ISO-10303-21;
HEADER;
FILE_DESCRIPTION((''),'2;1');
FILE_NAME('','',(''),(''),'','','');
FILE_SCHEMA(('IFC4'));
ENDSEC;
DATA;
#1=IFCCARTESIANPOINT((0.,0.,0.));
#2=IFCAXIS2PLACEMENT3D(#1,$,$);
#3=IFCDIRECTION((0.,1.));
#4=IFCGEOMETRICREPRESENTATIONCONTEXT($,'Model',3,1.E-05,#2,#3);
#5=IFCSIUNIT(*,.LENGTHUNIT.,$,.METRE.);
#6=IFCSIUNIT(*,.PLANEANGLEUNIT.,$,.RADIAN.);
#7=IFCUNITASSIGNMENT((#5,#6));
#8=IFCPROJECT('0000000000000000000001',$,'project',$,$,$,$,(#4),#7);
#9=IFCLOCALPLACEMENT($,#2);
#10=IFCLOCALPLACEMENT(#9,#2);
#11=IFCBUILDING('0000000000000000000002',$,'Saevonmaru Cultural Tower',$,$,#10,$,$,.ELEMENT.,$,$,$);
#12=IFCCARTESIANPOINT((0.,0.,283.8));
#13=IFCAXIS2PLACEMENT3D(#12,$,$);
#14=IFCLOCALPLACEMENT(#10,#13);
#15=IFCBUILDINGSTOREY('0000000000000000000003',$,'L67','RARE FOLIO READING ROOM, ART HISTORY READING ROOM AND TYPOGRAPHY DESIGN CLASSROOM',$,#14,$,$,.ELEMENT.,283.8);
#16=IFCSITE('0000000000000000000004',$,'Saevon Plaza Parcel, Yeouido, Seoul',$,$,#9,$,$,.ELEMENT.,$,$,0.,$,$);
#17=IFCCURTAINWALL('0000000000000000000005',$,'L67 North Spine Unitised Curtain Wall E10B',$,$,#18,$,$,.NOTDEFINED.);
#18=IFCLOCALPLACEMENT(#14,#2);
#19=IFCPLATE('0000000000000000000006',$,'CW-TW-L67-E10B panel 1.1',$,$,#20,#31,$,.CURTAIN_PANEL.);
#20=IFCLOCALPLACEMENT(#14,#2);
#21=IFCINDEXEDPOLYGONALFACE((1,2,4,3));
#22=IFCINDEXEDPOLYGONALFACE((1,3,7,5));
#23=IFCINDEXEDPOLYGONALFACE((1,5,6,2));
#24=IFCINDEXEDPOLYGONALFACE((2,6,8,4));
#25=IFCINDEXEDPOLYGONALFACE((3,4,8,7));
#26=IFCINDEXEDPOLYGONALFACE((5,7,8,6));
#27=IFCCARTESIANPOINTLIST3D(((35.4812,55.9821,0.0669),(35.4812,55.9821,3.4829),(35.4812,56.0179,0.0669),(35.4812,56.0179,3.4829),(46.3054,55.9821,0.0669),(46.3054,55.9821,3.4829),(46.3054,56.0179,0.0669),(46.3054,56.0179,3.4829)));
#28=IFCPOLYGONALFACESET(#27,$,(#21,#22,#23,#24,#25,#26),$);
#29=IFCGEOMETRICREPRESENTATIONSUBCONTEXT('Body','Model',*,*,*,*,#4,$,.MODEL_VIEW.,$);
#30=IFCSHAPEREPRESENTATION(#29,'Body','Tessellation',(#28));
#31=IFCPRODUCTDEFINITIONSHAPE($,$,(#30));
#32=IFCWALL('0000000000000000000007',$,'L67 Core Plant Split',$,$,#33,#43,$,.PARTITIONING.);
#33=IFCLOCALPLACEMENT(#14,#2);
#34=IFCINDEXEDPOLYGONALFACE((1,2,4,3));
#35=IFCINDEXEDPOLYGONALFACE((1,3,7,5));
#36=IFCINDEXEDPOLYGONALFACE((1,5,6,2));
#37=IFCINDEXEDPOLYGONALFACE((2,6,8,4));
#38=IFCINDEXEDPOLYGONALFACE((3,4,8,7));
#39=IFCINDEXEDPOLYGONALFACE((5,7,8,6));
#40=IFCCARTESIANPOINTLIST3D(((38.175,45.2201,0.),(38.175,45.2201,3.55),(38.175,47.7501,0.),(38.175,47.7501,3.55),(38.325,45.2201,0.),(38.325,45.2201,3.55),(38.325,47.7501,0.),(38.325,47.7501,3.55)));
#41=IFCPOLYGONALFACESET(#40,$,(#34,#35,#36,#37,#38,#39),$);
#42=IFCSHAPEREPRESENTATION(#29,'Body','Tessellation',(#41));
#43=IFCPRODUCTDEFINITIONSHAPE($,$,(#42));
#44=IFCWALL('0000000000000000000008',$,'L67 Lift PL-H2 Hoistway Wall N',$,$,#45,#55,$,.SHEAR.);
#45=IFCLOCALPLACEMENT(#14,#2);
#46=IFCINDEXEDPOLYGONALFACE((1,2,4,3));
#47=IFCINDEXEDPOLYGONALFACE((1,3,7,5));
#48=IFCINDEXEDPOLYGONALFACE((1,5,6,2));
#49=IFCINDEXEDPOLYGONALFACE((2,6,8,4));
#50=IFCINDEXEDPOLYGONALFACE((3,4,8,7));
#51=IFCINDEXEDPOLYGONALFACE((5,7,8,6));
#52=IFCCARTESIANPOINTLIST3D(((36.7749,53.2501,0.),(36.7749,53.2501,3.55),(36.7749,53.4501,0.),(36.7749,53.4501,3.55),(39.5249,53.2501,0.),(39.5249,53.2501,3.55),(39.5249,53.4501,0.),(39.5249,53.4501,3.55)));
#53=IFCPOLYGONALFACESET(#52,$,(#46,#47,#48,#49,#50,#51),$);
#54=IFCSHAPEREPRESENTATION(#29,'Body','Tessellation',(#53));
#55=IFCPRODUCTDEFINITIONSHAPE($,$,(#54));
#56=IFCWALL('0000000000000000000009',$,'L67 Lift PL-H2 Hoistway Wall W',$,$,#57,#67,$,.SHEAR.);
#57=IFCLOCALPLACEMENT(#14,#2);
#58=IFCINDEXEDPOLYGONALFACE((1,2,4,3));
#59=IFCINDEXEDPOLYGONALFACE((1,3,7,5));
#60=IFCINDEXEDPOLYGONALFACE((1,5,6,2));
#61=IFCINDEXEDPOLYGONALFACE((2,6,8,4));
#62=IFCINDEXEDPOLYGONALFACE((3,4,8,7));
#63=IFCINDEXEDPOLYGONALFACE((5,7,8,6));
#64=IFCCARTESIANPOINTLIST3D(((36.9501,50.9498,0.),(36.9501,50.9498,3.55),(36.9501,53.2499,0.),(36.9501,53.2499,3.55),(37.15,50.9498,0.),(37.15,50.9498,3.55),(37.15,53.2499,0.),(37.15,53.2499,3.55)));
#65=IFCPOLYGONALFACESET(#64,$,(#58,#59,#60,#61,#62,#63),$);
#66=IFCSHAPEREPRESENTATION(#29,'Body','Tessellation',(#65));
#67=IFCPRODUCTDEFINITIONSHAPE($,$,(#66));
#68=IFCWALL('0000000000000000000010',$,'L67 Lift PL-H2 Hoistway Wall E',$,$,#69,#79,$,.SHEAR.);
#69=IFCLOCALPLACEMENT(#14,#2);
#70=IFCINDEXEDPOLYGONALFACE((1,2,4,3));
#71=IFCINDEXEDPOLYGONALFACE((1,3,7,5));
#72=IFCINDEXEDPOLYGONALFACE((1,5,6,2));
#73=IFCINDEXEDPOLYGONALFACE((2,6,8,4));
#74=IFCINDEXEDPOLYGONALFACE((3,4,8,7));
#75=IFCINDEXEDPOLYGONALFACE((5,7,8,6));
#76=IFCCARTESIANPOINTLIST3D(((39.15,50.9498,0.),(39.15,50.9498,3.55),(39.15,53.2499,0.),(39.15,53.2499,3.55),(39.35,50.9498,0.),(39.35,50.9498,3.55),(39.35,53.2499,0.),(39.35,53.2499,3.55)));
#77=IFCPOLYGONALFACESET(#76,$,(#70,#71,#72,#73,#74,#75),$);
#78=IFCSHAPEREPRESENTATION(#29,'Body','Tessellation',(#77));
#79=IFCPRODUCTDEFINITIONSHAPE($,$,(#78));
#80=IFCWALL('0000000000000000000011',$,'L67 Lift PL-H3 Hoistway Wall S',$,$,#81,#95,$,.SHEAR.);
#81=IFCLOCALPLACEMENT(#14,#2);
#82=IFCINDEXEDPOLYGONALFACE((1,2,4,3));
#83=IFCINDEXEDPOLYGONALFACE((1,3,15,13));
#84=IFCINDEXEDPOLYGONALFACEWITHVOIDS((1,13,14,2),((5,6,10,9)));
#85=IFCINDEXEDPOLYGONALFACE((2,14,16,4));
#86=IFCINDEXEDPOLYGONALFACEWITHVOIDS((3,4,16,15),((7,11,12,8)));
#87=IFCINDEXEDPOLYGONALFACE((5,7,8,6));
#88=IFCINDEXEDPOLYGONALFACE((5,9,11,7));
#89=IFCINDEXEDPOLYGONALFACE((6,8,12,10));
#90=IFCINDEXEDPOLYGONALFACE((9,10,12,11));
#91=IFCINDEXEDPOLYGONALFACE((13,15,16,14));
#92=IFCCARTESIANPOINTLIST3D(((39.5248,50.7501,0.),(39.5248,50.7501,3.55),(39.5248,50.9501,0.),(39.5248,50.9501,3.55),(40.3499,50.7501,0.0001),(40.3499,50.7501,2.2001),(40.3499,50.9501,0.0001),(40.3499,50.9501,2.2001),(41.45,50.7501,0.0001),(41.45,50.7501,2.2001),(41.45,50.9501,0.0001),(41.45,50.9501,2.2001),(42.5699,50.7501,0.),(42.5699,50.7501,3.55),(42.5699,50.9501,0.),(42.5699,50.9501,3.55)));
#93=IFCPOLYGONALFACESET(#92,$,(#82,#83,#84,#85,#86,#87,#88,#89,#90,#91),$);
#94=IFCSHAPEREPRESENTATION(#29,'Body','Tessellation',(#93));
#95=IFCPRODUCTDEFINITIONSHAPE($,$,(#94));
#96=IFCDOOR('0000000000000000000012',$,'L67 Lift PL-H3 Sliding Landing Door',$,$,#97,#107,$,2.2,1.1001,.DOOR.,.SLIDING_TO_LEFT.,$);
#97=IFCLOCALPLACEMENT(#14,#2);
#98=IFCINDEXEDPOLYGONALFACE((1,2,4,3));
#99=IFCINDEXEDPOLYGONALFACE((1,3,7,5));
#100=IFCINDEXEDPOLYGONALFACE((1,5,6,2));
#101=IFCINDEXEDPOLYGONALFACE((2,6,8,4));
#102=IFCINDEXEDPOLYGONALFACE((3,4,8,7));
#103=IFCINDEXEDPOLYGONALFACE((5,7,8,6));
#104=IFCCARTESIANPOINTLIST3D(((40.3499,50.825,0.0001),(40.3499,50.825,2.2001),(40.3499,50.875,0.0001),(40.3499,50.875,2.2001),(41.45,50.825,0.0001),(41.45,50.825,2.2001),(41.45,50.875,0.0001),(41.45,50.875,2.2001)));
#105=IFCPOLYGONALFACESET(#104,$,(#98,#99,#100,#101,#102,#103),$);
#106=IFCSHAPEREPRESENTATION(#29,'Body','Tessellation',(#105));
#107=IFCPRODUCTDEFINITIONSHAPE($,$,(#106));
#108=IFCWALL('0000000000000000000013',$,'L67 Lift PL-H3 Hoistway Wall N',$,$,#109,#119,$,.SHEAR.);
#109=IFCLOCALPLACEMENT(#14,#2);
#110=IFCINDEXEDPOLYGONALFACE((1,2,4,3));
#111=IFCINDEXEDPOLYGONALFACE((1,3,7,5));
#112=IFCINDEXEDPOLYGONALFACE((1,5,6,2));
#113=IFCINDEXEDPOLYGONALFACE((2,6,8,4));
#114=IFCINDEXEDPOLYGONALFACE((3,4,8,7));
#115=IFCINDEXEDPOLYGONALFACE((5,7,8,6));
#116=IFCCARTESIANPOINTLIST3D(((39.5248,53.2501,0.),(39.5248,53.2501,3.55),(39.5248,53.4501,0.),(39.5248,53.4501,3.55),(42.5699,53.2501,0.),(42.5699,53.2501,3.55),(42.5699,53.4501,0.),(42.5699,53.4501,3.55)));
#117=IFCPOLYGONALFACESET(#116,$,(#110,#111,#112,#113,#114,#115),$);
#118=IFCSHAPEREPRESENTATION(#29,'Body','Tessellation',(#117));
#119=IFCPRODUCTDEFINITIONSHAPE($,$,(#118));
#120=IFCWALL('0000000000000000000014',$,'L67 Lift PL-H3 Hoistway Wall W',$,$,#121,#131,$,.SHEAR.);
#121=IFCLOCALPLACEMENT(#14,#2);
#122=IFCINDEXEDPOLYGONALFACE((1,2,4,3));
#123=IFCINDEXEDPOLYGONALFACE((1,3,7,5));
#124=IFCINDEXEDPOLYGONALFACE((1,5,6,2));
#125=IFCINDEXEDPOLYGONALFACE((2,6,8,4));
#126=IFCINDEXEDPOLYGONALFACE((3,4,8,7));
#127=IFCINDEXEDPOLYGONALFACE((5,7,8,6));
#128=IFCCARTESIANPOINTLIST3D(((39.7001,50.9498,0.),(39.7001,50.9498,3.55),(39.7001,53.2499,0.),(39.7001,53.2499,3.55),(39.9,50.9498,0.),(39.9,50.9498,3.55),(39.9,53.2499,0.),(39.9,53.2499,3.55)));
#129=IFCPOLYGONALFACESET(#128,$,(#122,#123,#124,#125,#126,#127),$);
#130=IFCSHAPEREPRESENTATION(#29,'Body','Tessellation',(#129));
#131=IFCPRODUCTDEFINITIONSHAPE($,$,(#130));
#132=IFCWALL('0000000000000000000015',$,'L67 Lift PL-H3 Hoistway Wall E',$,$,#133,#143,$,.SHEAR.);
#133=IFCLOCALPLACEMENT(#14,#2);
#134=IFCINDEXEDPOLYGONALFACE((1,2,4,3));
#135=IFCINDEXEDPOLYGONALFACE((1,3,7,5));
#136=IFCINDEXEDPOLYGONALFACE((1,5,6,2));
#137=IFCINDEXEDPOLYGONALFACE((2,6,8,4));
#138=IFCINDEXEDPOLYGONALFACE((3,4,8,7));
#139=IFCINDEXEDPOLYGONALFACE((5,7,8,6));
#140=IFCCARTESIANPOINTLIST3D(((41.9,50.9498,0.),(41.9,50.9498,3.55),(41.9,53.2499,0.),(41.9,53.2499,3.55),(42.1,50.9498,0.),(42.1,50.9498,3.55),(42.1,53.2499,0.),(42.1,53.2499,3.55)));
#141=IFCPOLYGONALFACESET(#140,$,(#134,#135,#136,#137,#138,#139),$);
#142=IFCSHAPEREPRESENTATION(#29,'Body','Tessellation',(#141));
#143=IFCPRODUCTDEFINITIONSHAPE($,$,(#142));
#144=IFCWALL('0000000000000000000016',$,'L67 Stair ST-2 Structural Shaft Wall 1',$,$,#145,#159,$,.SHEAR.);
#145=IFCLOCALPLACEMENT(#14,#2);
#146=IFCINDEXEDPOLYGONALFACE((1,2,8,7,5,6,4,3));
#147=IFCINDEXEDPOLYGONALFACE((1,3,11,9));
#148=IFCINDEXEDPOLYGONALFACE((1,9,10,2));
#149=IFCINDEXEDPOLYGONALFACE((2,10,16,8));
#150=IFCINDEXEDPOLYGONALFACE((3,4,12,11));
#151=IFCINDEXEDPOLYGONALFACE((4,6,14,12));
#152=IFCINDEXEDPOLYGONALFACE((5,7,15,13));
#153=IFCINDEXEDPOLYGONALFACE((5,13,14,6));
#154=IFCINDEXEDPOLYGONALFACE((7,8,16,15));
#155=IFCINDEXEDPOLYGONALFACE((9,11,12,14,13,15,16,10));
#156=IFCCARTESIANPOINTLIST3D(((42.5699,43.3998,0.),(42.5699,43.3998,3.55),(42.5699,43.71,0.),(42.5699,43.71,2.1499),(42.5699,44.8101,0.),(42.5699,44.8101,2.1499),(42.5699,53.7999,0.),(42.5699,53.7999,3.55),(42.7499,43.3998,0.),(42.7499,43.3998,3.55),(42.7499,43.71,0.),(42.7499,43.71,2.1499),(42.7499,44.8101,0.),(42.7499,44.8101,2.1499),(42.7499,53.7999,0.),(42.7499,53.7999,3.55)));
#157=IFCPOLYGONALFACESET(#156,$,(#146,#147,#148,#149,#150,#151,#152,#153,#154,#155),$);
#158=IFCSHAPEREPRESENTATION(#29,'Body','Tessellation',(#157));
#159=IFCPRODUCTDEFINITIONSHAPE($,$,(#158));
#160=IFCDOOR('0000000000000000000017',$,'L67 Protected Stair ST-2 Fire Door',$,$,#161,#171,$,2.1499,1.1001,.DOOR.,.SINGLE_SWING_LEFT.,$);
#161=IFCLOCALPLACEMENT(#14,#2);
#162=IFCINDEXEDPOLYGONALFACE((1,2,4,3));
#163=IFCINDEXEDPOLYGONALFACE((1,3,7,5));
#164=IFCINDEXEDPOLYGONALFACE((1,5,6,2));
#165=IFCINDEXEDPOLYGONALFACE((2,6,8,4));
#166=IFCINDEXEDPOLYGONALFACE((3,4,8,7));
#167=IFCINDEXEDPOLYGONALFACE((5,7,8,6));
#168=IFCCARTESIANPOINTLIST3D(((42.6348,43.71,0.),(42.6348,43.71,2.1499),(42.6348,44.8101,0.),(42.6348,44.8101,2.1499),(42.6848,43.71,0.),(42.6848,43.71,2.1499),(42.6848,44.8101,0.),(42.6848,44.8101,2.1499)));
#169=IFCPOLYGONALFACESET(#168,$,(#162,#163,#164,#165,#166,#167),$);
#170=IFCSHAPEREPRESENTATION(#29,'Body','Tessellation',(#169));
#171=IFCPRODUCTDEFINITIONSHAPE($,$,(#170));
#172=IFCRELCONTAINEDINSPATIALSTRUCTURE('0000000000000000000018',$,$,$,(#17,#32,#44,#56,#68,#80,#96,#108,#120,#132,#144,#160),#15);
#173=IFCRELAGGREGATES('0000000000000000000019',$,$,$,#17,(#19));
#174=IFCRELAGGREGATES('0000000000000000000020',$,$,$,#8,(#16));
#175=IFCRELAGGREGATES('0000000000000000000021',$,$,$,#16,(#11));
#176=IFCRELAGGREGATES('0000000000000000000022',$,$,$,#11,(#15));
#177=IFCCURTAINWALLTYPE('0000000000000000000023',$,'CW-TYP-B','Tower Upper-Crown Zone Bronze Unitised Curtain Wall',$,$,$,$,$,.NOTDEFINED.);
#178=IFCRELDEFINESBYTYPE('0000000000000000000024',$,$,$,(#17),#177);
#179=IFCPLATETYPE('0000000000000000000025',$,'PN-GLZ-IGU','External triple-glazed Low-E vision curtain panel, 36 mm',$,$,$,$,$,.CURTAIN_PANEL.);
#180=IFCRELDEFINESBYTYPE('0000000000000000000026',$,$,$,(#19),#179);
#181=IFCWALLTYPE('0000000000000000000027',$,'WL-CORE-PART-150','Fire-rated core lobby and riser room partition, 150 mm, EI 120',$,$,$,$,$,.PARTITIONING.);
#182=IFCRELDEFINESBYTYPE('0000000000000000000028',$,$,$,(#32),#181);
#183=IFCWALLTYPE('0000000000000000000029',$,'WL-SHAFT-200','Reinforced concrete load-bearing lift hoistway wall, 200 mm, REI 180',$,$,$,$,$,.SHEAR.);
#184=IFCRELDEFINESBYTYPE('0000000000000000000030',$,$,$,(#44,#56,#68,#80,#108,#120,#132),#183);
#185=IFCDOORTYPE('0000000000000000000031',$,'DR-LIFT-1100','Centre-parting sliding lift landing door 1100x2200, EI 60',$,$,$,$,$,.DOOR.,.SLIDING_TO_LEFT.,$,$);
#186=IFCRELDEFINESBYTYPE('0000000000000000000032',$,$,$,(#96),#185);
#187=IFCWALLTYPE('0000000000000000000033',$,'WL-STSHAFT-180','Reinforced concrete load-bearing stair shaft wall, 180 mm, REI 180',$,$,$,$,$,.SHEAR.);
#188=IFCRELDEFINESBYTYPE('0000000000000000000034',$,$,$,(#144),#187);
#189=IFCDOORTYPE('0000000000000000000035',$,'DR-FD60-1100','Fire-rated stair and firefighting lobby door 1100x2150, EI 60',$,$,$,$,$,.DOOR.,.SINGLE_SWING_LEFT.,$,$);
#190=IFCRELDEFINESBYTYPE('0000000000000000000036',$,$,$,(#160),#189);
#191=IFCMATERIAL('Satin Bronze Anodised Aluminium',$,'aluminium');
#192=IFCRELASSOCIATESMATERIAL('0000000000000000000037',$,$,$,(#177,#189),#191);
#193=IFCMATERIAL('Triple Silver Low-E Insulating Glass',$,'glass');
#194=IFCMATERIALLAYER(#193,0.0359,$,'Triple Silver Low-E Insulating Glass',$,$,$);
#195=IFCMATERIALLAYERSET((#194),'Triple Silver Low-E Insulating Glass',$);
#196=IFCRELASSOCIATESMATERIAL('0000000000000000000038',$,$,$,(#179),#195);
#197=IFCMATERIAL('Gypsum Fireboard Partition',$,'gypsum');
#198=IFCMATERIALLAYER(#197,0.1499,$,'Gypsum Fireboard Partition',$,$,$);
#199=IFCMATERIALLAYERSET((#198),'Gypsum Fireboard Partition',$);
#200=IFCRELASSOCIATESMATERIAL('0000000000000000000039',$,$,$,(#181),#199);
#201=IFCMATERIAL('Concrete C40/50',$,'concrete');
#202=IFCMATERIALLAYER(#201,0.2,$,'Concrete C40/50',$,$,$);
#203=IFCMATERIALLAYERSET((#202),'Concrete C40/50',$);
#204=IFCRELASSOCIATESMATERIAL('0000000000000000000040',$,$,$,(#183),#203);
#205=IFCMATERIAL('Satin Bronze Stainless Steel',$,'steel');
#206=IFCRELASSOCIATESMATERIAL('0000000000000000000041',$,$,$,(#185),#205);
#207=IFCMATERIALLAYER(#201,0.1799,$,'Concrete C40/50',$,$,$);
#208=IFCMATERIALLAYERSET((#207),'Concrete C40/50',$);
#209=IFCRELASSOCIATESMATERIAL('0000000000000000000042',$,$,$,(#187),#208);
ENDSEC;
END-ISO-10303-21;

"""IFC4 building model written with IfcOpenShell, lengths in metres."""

from ifc_helpers import new_model, si_unit, direction, frame, frame_2d, origin, origin_2d, place, context, subcontext, project, spatial, rectangle, extrude, material, layer, layer_set, type_object, element, fill, aggregate, save


model = new_model("IFC4")

# Units and contexts
model_context = context("Model", 3, precision=1e-05, world=origin(), true_north=direction((0.0, 1.0)))
body_context = subcontext(model_context, "Body", "Model", "MODEL_VIEW")
ifc_project = project(units=[si_unit("LENGTHUNIT", "METRE"), si_unit("PLANEANGLEUNIT", "RADIAN")], contexts=[model_context])

# Site, building, storey
site_placement = place(None, origin())
site = spatial("IfcSite", under=ifc_project, at=site_placement, Name="Saevon Plaza Parcel, Yeouido, Seoul", CompositionType="ELEMENT", RefElevation=0.0)
building_placement = place(site_placement, origin())
building = spatial("IfcBuilding", under=site, at=building_placement, Name="Saevonmaru Cultural Tower", CompositionType="ELEMENT")
storey_placement = place(building_placement, frame((0.0, 0.0, 283.8)))
storey = spatial("IfcBuildingStorey", under=building, at=storey_placement, Name="L67", Description="RARE FOLIO READING ROOM, ART HISTORY READING ROOM AND TYPOGRAPHY DESIGN CLASSROOM", CompositionType="ELEMENT", Elevation=283.8)

# Curtain wall, plate
ifc_material_1 = material(Name="Satin Bronze Anodised Aluminium", Category="aluminium")
curtain_wall_type = type_object("IfcCurtainWallType", Name="CW-TYP-B", Description="Tower Upper-Crown Zone Bronze Unitised Curtain Wall", PredefinedType="NOTDEFINED", material=ifc_material_1)
curtain_wall_placement = place(storey_placement, origin())
curtain_wall = element("IfcCurtainWall", 1, at=curtain_wall_placement, inside=storey, type_object=curtain_wall_type, Name="L67 North Spine Unitised Curtain Wall E10B", PredefinedType="NOTDEFINED")
ifc_material_2 = material(Name="Triple Silver Low-E Insulating Glass", Category="glass")
ifc_layer_1 = layer(ifc_material_2, 0.0359, Name="Triple Silver Low-E Insulating Glass")
ifc_layer_set_1 = layer_set([ifc_layer_1], Name="Triple Silver Low-E Insulating Glass")
plate_type = type_object("IfcPlateType", Name="PN-GLZ-IGU", Description="External triple-glazed Low-E vision curtain panel, 36 mm", PredefinedType="CURTAIN_PANEL", material=ifc_layer_set_1)
plate_placement = place(storey_placement, frame((40.8933, 56.0, 0.0669), z_axis=(0.0, 0.0, 1.0), x_axis=(-1.0, 0.0, 0.0)))
plate = element("IfcPlate", 2, at=plate_placement, type_object=plate_type, Name="CW-TW-L67-E10B panel 1.1", PredefinedType="CURTAIN_PANEL", context=body_context, shape_type="SweptSolid", body=[
    extrude(rectangle(XDim=10.8242, YDim=0.0359, at=origin_2d()), origin(), (0.0, 0.0, 1.0), 3.416),
])
aggregate(curtain_wall, [plate])

# Walls
ifc_material_3 = material(Name="Gypsum Fireboard Partition", Category="gypsum")
ifc_layer_2 = layer(ifc_material_3, 0.1499, Name="Gypsum Fireboard Partition")
ifc_layer_set_2 = layer_set([ifc_layer_2], Name="Gypsum Fireboard Partition")
wall_type_1 = type_object("IfcWallType", Name="WL-CORE-PART-150", Description="Fire-rated core lobby and riser room partition, 150 mm, EI 120", PredefinedType="PARTITIONING", material=ifc_layer_set_2)
wall_1_placement = place(storey_placement, frame((38.25, 45.22, 0.0), z_axis=(0.0, 0.0, 1.0), x_axis=(0.0, 1.0, 0.0)))
element("IfcWall", 3, at=wall_1_placement, inside=storey, type_object=wall_type_1, Name="L67 Core Plant Split", PredefinedType="PARTITIONING", context=body_context, shape_type="SweptSolid", body=[
    extrude(rectangle(XDim=2.53, YDim=0.1499, at=frame_2d((1.2651, 0.0))), origin(), (0.0, 0.0, 1.0), 3.55),
])
ifc_material_4 = material(Name="Concrete C40/50", Category="concrete")
ifc_layer_3 = layer(ifc_material_4, 0.2, Name="Concrete C40/50")
ifc_layer_set_3 = layer_set([ifc_layer_3], Name="Concrete C40/50")
wall_type_2 = type_object("IfcWallType", Name="WL-SHAFT-200", Description="Reinforced concrete load-bearing lift hoistway wall, 200 mm, REI 180", PredefinedType="SHEAR", material=ifc_layer_set_3)
wall_2_placement = place(storey_placement, frame((36.7749, 53.3501, 0.0), z_axis=(0.0, 0.0, 1.0), x_axis=(1.0, 0.0, 0.0)))
element("IfcWall", 4, at=wall_2_placement, inside=storey, type_object=wall_type_2, Name="L67 Lift PL-H2 Hoistway Wall N", PredefinedType="SHEAR", context=body_context, shape_type="SweptSolid", body=[
    extrude(rectangle(XDim=2.75, YDim=0.2, at=frame_2d((1.375, 0.0))), origin(), (0.0, 0.0, 1.0), 3.55),
])
for number, where, z_axis, x_axis, name in (
    (5, (37.05, 50.95, 0.0), (0.0, 0.0, 1.0), (0.0, 1.0, 0.0), "L67 Lift PL-H2 Hoistway Wall W"),
    (6, (39.25, 50.95, 0.0), (0.0, 0.0, 1.0), (0.0, 1.0, 0.0), "L67 Lift PL-H2 Hoistway Wall E"),
):
    element("IfcWall", number, at=place(storey_placement, frame(where, z_axis=z_axis, x_axis=x_axis)), inside=storey, type_object=wall_type_2, Name=name, PredefinedType="SHEAR", context=body_context, shape_type="SweptSolid", body=[
        extrude(rectangle(XDim=2.3, YDim=0.2, at=frame_2d((1.1499, 0.0))), origin(), (0.0, 0.0, 1.0), 3.55),
    ])

# Wall, opening, door
wall_3_placement = place(storey_placement, frame((39.5249, 50.8501, 0.0), z_axis=(0.0, 0.0, 1.0), x_axis=(1.0, 0.0, 0.0)))
wall_3 = element("IfcWall", 7, at=wall_3_placement, inside=storey, type_object=wall_type_2, Name="L67 Lift PL-H3 Hoistway Wall S", PredefinedType="SHEAR", context=body_context, shape_type="SweptSolid", body=[
    extrude(rectangle(XDim=3.0452, YDim=0.2, at=frame_2d((1.5225, 0.0))), origin(), (0.0, 0.0, 1.0), 3.55),
])
opening_1_placement = place(wall_3_placement, frame((0.825, 0.0, 0.0)))
opening_1 = element("IfcOpeningElement", 8, at=opening_1_placement, cuts=wall_3, PredefinedType="OPENING", context=body_context, shape_type="SweptSolid", body=[
    extrude(rectangle(XDim=1.1001, YDim=2.2, at=frame_2d((0.55, 1.1001))), frame((0.0, 0.1099, 0.0), z_axis=(0.0, -1.0, 0.0), x_axis=(1.0, 0.0, 0.0)), (0.0, 0.0, 1.0), 0.22),
])
ifc_material_5 = material(Name="Satin Bronze Stainless Steel", Category="steel")
door_type_1 = type_object("IfcDoorType", Name="DR-LIFT-1100", Description="Centre-parting sliding lift landing door 1100x2200, EI 60", OperationType="SLIDING_TO_LEFT", PredefinedType="DOOR", material=ifc_material_5)
door_1_placement = place(opening_1_placement, origin())
door_1 = element("IfcDoor", 9, at=door_1_placement, inside=storey, type_object=door_type_1, Name="L67 Lift PL-H3 Sliding Landing Door", OperationType="SLIDING_TO_LEFT", OverallHeight=2.2, OverallWidth=1.1001, PredefinedType="DOOR", context=body_context, shape_type="SweptSolid", body=[
    extrude(rectangle(XDim=1.1001, YDim=2.2, at=frame_2d((0.55, 1.1001))), frame((0.0, 0.0249, 0.0), z_axis=(0.0, -1.0, 0.0), x_axis=(1.0, 0.0, 0.0)), (0.0, 0.0, 1.0), 0.05),
])
fill(opening_1, door_1)

# Walls
wall_4_placement = place(storey_placement, frame((39.5249, 53.3501, 0.0), z_axis=(0.0, 0.0, 1.0), x_axis=(1.0, 0.0, 0.0)))
element("IfcWall", 10, at=wall_4_placement, inside=storey, type_object=wall_type_2, Name="L67 Lift PL-H3 Hoistway Wall N", PredefinedType="SHEAR", context=body_context, shape_type="SweptSolid", body=[
    extrude(rectangle(XDim=3.0452, YDim=0.2, at=frame_2d((1.5225, 0.0))), origin(), (0.0, 0.0, 1.0), 3.55),
])
for number, where, z_axis, x_axis, name in (
    (11, (39.8, 50.95, 0.0), (0.0, 0.0, 1.0), (0.0, 1.0, 0.0), "L67 Lift PL-H3 Hoistway Wall W"),
    (12, (42.0, 50.95, 0.0), (0.0, 0.0, 1.0), (0.0, 1.0, 0.0), "L67 Lift PL-H3 Hoistway Wall E"),
):
    element("IfcWall", number, at=place(storey_placement, frame(where, z_axis=z_axis, x_axis=x_axis)), inside=storey, type_object=wall_type_2, Name=name, PredefinedType="SHEAR", context=body_context, shape_type="SweptSolid", body=[
        extrude(rectangle(XDim=2.3, YDim=0.2, at=frame_2d((1.1499, 0.0))), origin(), (0.0, 0.0, 1.0), 3.55),
    ])

# Wall, opening, door
ifc_layer_4 = layer(ifc_material_4, 0.1799, Name="Concrete C40/50")
ifc_layer_set_4 = layer_set([ifc_layer_4], Name="Concrete C40/50")
wall_type_3 = type_object("IfcWallType", Name="WL-STSHAFT-180", Description="Reinforced concrete load-bearing stair shaft wall, 180 mm, REI 180", PredefinedType="SHEAR", material=ifc_layer_set_4)
wall_5_placement = place(storey_placement, frame((42.6599, 53.8, 0.0), z_axis=(0.0, 0.0, 1.0), x_axis=(0.0, -1.0, 0.0)))
wall_5 = element("IfcWall", 13, at=wall_5_placement, inside=storey, type_object=wall_type_3, Name="L67 Stair ST-2 Structural Shaft Wall 1", PredefinedType="SHEAR", context=body_context, shape_type="SweptSolid", body=[
    extrude(rectangle(XDim=10.4001, YDim=0.1799, at=frame_2d((5.2002, 0.0))), origin(), (0.0, 0.0, 1.0), 3.55),
])
opening_2_placement = place(wall_5_placement, frame((8.99, 0.0, 0.0)))
opening_2 = element("IfcOpeningElement", 14, at=opening_2_placement, cuts=wall_5, PredefinedType="OPENING", context=body_context, shape_type="SweptSolid", body=[
    extrude(rectangle(XDim=1.1001, YDim=2.1499, at=frame_2d((0.55, 1.075))), frame((0.0, 0.1001, 0.0), z_axis=(0.0, -1.0, 0.0), x_axis=(1.0, 0.0, 0.0)), (0.0, 0.0, 1.0), 0.2),
])
door_type_2 = type_object("IfcDoorType", Name="DR-FD60-1100", Description="Fire-rated stair and firefighting lobby door 1100x2150, EI 60", OperationType="SINGLE_SWING_LEFT", PredefinedType="DOOR", material=ifc_material_1)
door_2_placement = place(opening_2_placement, origin())
door_2 = element("IfcDoor", 15, at=door_2_placement, inside=storey, type_object=door_type_2, Name="L67 Protected Stair ST-2 Fire Door", OperationType="SINGLE_SWING_LEFT", OverallHeight=2.1499, OverallWidth=1.1001, PredefinedType="DOOR", context=body_context, shape_type="SweptSolid", body=[
    extrude(rectangle(XDim=1.1001, YDim=2.1499, at=frame_2d((0.55, 1.075))), frame((0.0, 0.0249, 0.0), z_axis=(0.0, -1.0, 0.0), x_axis=(1.0, 0.0, 0.0)), (0.0, 0.0, 1.0), 0.05),
])
fill(opening_2, door_2)

save(model, "model.ifc")
